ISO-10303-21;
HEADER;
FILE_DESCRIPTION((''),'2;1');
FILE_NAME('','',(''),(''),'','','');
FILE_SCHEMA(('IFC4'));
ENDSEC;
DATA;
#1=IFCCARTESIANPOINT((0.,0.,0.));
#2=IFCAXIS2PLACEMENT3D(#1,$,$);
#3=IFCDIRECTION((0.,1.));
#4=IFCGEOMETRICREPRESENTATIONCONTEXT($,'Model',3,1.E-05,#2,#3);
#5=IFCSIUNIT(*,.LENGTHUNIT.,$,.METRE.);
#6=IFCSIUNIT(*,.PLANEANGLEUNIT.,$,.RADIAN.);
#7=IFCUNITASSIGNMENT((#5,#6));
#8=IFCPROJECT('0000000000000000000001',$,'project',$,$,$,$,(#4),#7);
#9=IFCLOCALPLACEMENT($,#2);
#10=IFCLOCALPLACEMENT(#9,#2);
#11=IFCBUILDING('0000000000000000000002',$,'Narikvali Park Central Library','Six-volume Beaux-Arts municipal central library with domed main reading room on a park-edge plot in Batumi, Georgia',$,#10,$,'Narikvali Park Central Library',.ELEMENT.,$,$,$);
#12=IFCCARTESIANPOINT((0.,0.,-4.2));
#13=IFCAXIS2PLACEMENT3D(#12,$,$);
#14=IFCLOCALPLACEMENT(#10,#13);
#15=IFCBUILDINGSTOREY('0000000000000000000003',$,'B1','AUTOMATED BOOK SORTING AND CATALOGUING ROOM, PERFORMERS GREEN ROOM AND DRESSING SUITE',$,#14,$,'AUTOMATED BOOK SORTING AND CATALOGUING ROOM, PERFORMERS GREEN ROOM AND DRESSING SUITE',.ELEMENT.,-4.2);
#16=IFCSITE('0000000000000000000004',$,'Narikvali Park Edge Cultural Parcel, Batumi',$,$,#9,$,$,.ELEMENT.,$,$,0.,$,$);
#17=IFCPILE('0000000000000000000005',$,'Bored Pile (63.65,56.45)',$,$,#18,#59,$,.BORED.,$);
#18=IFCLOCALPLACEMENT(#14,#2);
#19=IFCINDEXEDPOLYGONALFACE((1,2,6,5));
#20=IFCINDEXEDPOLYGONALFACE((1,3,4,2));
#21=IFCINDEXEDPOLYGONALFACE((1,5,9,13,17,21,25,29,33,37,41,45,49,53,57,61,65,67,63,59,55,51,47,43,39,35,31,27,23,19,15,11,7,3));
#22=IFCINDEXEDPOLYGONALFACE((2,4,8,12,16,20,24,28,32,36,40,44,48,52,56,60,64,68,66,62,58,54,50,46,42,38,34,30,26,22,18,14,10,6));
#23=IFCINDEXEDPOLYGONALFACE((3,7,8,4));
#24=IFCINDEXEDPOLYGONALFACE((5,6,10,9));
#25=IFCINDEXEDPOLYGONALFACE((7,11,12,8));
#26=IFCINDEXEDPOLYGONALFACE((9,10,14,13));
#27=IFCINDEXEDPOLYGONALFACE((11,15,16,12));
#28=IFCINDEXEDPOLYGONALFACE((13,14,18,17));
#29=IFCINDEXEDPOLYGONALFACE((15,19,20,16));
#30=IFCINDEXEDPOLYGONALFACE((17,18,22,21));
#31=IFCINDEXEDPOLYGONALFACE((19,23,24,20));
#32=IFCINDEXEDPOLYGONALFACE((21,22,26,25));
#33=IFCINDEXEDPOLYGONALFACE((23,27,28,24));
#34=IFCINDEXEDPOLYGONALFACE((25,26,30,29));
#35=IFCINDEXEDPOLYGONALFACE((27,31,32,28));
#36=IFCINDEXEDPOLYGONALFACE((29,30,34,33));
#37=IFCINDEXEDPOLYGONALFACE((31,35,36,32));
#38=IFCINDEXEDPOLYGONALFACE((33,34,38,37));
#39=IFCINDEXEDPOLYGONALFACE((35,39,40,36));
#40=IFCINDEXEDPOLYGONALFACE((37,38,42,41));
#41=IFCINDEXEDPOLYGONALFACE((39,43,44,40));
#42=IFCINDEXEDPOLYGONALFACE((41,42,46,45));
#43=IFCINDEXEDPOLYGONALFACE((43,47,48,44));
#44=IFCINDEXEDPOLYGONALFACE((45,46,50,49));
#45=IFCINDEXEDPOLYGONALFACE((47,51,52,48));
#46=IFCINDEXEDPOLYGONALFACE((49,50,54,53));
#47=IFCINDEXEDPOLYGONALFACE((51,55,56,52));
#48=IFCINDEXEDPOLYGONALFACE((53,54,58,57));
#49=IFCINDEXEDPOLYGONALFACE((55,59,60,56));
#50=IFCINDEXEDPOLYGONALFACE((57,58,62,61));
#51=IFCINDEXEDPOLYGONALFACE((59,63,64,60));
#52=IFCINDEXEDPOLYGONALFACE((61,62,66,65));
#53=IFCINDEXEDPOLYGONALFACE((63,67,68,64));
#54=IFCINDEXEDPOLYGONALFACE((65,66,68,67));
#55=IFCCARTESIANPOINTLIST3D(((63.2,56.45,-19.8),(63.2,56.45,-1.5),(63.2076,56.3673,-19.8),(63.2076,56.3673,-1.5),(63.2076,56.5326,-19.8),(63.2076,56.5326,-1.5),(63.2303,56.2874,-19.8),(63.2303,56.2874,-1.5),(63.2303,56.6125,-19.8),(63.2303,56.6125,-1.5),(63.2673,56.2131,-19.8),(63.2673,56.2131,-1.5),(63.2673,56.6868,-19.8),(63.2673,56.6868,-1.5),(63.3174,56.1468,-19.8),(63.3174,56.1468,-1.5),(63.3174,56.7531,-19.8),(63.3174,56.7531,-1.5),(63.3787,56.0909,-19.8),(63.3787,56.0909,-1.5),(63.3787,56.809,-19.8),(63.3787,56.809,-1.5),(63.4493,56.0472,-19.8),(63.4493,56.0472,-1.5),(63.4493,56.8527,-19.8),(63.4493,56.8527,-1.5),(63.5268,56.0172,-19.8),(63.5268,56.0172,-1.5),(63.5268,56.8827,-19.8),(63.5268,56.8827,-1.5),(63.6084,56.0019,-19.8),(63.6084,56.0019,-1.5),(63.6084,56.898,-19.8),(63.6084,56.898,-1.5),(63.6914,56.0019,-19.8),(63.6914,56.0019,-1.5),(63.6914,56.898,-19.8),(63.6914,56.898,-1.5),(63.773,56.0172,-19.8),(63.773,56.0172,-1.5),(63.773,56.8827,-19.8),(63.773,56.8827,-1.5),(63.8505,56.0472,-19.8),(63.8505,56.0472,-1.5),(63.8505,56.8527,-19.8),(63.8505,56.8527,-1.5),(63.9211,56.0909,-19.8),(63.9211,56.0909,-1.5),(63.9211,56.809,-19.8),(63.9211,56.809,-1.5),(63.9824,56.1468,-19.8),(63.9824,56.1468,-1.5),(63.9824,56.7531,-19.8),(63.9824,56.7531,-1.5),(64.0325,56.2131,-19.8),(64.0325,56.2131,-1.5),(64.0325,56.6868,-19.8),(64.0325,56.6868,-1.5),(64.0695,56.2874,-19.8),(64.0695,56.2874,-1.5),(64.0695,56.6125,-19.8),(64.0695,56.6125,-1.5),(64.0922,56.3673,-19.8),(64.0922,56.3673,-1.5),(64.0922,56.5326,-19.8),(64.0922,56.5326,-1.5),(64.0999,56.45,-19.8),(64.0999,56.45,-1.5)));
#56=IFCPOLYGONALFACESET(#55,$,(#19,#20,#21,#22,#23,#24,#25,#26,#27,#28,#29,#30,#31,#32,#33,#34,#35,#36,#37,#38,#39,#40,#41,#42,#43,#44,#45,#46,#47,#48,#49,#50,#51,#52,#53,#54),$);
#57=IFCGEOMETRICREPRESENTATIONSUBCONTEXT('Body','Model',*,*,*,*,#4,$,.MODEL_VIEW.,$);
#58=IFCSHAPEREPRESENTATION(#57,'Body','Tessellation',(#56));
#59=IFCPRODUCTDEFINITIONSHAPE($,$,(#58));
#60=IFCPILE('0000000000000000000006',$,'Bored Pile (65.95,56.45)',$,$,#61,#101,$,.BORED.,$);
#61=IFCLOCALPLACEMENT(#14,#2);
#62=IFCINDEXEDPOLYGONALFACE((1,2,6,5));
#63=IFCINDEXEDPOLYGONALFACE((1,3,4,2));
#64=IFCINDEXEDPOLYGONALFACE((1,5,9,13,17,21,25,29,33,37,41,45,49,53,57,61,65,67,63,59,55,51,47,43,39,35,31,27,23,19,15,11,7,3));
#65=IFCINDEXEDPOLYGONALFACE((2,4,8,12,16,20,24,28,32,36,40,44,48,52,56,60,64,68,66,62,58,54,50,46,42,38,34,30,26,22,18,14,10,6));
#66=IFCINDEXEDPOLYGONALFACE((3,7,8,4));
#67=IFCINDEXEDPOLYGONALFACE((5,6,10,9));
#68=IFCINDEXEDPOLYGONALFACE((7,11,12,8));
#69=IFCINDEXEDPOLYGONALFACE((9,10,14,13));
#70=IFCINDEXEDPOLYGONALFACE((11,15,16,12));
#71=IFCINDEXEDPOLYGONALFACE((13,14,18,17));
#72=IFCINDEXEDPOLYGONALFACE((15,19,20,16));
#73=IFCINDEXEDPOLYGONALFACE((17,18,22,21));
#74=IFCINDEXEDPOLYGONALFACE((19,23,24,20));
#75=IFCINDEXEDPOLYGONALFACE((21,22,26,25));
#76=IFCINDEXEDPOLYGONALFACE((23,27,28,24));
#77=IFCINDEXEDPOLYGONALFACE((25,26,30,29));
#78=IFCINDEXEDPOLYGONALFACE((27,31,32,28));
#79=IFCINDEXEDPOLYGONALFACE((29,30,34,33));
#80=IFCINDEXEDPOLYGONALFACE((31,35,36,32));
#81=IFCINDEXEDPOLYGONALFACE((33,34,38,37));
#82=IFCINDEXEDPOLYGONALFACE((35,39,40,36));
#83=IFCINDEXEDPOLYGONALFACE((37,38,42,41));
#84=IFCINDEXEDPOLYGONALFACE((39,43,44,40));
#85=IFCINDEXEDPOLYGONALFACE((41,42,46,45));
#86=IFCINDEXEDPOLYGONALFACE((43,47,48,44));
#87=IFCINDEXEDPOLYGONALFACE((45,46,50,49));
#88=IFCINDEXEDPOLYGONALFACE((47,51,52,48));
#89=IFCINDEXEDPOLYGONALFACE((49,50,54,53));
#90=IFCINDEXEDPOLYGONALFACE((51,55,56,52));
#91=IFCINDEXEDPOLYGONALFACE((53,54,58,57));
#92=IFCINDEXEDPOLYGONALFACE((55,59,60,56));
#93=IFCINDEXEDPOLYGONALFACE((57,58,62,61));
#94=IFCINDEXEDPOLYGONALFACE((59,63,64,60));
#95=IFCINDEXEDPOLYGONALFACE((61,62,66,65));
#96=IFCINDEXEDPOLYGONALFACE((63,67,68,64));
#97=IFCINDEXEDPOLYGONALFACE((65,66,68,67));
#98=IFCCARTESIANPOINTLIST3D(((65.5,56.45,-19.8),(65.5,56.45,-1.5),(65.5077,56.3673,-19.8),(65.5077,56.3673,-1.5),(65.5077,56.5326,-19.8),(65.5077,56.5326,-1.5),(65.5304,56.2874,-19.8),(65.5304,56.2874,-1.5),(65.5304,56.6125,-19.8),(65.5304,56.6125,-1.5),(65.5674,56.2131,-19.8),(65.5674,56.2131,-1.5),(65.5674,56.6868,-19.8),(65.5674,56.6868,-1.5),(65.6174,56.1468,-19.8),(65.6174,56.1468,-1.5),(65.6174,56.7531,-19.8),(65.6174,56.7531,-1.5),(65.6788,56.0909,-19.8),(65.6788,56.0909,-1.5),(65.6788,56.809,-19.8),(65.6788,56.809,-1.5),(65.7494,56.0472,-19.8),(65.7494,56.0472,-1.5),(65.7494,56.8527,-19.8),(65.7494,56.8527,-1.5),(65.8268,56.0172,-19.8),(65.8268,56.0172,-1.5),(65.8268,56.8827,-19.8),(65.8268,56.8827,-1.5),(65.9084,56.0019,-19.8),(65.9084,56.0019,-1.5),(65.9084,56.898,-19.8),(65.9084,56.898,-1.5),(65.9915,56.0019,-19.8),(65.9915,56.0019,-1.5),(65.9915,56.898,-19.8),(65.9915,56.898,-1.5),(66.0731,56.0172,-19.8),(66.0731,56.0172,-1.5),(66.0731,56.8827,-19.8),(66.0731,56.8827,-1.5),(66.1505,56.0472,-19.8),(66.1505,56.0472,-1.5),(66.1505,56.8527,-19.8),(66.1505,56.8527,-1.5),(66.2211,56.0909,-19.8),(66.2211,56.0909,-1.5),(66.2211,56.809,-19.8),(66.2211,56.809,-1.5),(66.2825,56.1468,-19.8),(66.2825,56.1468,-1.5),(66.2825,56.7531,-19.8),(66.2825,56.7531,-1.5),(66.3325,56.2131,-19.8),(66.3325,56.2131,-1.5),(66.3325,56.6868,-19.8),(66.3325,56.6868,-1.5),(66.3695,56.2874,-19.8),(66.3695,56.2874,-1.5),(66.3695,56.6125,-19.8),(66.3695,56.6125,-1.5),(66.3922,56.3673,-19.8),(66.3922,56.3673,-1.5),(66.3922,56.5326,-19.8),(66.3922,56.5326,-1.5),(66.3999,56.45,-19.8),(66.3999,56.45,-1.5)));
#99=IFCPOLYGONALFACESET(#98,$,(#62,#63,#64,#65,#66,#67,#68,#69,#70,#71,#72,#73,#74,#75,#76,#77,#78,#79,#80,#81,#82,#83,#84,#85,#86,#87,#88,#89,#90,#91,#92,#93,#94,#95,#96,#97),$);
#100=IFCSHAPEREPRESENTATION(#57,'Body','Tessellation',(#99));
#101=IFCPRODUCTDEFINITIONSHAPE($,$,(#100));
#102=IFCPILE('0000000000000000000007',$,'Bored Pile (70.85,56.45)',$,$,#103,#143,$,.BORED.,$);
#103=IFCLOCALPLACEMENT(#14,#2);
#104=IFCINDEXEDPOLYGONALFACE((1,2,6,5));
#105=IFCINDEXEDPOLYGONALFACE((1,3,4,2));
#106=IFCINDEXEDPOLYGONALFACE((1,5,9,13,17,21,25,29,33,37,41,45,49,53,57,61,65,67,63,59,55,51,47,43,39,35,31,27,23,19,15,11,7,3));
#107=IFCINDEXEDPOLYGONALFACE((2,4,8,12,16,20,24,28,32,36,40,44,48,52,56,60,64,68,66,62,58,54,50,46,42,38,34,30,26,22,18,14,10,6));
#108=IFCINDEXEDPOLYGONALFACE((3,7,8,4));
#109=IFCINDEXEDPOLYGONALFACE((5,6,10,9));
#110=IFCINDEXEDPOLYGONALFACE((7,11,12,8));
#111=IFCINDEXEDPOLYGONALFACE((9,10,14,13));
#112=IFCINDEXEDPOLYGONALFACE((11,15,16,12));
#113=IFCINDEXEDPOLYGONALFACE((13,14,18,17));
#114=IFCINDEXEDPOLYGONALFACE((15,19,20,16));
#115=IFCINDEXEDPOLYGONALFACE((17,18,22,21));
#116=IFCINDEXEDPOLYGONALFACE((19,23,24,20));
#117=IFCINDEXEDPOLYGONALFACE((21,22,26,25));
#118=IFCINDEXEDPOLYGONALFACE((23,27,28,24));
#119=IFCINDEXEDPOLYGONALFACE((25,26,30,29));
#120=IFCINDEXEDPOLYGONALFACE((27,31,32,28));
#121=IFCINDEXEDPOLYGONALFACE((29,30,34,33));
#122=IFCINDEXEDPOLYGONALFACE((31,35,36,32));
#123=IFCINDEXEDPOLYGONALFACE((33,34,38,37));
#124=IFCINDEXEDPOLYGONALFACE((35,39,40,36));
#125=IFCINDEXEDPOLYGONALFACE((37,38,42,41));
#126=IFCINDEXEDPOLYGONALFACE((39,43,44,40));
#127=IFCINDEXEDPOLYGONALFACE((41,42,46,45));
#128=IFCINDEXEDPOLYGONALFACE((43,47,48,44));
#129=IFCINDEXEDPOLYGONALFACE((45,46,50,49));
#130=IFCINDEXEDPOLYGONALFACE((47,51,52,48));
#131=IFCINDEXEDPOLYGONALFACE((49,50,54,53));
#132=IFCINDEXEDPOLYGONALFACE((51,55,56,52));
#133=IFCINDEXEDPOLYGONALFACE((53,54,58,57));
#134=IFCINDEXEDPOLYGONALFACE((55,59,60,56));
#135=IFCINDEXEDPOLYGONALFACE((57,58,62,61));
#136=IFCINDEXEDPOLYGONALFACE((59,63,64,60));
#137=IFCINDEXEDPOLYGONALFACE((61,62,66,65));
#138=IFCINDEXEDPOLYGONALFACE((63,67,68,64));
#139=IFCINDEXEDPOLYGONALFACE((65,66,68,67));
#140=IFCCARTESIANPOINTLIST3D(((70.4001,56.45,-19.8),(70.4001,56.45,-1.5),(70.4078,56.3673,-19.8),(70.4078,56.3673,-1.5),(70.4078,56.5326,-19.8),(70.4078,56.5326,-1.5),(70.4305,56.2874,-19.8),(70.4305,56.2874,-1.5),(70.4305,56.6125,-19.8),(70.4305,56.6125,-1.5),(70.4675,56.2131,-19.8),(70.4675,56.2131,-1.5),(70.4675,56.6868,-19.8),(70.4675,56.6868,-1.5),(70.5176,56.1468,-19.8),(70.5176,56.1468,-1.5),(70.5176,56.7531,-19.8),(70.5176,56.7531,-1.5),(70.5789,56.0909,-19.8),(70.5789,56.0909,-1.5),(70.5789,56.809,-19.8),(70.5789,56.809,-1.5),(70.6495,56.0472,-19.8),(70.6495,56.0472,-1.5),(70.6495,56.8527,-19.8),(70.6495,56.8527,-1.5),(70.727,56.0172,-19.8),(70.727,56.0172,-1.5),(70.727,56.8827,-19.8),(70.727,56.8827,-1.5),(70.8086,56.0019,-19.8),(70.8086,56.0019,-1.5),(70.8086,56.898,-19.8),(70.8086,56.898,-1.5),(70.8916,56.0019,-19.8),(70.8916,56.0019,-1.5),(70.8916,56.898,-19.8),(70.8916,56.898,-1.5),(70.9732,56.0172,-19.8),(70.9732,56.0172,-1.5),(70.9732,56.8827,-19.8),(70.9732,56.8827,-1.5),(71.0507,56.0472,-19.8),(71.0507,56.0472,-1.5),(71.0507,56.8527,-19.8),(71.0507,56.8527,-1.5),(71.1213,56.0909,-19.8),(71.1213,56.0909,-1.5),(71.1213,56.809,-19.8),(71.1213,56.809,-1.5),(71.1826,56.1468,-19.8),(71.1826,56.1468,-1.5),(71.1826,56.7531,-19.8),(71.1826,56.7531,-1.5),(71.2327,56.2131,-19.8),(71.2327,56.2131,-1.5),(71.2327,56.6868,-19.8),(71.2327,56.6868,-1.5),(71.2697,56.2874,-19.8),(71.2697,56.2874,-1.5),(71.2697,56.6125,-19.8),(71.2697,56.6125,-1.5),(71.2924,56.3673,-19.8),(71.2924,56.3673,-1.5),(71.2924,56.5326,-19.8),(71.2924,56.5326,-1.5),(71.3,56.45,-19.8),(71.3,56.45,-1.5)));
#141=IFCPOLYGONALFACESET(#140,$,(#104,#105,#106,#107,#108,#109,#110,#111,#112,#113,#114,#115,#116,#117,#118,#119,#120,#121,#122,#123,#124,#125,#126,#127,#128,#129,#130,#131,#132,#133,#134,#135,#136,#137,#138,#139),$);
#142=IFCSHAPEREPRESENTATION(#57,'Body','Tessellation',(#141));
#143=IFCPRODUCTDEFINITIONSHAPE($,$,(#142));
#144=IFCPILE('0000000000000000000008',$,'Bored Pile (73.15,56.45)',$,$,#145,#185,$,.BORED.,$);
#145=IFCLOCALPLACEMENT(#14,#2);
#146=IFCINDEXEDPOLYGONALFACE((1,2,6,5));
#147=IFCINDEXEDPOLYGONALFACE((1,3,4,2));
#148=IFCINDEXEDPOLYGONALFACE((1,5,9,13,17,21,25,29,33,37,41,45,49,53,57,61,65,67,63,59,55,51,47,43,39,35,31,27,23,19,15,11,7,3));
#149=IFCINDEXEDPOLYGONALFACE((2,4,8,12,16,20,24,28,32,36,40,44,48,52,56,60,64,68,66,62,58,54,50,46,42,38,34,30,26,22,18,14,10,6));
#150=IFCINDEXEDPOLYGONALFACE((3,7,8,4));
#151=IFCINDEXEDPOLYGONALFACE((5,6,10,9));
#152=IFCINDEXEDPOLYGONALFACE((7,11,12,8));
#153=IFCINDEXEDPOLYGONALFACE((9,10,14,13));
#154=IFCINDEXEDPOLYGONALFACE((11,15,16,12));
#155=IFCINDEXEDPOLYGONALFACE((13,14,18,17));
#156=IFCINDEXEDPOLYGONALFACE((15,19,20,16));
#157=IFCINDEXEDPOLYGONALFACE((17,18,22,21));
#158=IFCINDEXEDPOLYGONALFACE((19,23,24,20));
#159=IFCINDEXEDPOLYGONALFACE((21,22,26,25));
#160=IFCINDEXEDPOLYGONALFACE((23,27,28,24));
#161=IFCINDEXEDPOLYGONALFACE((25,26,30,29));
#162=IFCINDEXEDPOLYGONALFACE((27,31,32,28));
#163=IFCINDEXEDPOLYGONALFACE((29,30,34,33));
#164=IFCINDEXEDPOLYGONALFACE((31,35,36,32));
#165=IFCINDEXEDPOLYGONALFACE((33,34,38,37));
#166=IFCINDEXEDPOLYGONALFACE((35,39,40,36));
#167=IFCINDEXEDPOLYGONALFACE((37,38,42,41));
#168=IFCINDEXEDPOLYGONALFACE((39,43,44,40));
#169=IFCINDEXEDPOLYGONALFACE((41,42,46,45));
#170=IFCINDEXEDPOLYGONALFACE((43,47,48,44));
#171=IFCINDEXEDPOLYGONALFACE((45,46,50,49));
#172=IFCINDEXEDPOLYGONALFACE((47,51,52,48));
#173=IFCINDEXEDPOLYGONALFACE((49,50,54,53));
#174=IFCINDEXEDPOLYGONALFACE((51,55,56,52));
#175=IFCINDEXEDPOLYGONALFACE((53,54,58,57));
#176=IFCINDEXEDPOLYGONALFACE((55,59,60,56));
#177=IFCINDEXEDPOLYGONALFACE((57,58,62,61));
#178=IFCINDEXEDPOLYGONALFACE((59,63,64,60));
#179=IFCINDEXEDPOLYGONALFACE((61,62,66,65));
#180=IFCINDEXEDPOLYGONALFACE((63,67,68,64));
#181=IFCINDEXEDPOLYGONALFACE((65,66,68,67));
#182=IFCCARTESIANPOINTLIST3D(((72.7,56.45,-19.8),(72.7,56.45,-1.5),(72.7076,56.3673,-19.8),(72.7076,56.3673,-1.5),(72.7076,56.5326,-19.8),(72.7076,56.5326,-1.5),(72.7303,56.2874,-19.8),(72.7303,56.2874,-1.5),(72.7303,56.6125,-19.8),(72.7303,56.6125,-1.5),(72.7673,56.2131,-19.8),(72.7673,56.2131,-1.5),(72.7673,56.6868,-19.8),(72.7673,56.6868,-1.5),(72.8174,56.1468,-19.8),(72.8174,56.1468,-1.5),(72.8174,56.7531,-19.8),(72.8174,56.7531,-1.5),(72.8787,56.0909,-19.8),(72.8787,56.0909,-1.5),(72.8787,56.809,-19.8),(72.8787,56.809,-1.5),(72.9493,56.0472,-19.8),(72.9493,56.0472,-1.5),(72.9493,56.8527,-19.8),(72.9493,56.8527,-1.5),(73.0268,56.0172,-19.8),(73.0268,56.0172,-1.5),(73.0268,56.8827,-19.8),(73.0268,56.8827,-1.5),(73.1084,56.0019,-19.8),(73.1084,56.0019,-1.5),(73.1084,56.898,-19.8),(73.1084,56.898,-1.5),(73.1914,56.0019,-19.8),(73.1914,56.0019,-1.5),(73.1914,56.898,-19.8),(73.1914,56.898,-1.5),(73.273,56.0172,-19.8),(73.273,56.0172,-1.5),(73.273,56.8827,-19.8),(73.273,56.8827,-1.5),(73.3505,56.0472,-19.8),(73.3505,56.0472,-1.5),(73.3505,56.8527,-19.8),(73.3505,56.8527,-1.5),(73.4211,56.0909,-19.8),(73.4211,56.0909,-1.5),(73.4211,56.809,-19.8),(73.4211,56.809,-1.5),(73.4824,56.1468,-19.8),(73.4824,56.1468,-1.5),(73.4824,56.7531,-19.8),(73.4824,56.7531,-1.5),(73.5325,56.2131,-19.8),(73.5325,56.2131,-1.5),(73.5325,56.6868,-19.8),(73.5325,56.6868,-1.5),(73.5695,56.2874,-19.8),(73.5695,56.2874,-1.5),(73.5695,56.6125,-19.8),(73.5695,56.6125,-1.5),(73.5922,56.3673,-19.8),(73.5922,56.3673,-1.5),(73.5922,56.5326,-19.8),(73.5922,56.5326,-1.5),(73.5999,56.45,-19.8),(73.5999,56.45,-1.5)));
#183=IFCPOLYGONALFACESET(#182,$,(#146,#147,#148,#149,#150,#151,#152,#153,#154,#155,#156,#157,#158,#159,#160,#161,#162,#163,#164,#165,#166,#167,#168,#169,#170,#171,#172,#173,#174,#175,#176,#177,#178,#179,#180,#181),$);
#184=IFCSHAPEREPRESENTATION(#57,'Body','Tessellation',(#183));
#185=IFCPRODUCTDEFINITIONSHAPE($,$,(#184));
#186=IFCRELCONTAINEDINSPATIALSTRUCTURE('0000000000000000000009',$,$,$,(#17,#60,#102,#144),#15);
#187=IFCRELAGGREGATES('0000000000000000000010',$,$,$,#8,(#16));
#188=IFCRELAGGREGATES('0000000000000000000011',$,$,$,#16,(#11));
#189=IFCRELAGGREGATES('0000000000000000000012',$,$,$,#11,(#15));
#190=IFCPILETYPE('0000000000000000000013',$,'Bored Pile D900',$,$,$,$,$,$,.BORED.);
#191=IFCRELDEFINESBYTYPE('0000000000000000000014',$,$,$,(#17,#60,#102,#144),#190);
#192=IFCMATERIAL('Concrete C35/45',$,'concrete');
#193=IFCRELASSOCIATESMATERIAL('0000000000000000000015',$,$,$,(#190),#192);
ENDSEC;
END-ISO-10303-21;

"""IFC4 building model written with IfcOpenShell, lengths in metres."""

from ifc_helpers import new_model, si_unit, direction, frame, origin, origin_2d, place, context, subcontext, project, spatial, circle, extrude, material, material_profile, profile_set, type_object, element, save


model = new_model("IFC4")

# Units and contexts
model_context = context("Model", 3, precision=1e-05, world=origin(), true_north=direction((0.0, 1.0)))
body_context = subcontext(model_context, "Body", "Model", "MODEL_VIEW")
ifc_project = project(units=[si_unit("LENGTHUNIT", "METRE"), si_unit("PLANEANGLEUNIT", "RADIAN")], contexts=[model_context])

# Site, building, storey
site_placement = place(None, origin())
site = spatial("IfcSite", under=ifc_project, at=site_placement, Name="Narikvali Park Edge Cultural Parcel, Batumi", CompositionType="ELEMENT", RefElevation=0.0)
building_placement = place(site_placement, origin())
building = spatial("IfcBuilding", under=site, at=building_placement, Name="Narikvali Park Central Library", Description="Six-volume Beaux-Arts municipal central library with domed main reading room on a park-edge plot in Batumi, Georgia", LongName="Narikvali Park Central Library", CompositionType="ELEMENT")
storey_placement = place(building_placement, frame((0.0, 0.0, -4.2)))
storey = spatial("IfcBuildingStorey", under=building, at=storey_placement, Name="B1", Description="AUTOMATED BOOK SORTING AND CATALOGUING ROOM, PERFORMERS GREEN ROOM AND DRESSING SUITE", LongName="AUTOMATED BOOK SORTING AND CATALOGUING ROOM, PERFORMERS GREEN ROOM AND DRESSING SUITE", CompositionType="ELEMENT", Elevation=-4.2)

# Piles
ifc_material_1 = material(Name="Concrete C35/45", Category="concrete")
ifc_material_profile_1 = material_profile(ifc_material_1, circle(Radius=0.45, at=origin_2d()), Name="PILE D900")
ifc_profile_set_1 = profile_set([ifc_material_profile_1], Name="Concrete C35/45")
pile_type = type_object("IfcPileType", Name="Bored Pile D900", PredefinedType="BORED", material=ifc_profile_set_1)
for number, where, z_axis, x_axis, name in (
    (1, (63.6499, 56.45, -1.5), (0.0, 0.0, -1.0), (1.0, 0.0, 0.0), "Bored Pile (63.65,56.45)"),
    (2, (65.95, 56.45, -1.5), (0.0, 0.0, -1.0), (1.0, 0.0, 0.0), "Bored Pile (65.95,56.45)"),
    (3, (70.8501, 56.45, -1.5), (0.0, 0.0, -1.0), (1.0, 0.0, 0.0), "Bored Pile (70.85,56.45)"),
    (4, (73.1499, 56.45, -1.5), (0.0, 0.0, -1.0), (1.0, 0.0, 0.0), "Bored Pile (73.15,56.45)"),
):
    element("IfcPile", number, at=place(storey_placement, frame(where, z_axis=z_axis, x_axis=x_axis)), inside=storey, type_object=pile_type, Name=name, PredefinedType="BORED", context=body_context, shape_type="SweptSolid", body=[
        extrude(circle(Radius=0.45, at=origin_2d()), origin(), (0.0, 0.0, 1.0), 18.3),
    ])

save(model, "model.ifc")
